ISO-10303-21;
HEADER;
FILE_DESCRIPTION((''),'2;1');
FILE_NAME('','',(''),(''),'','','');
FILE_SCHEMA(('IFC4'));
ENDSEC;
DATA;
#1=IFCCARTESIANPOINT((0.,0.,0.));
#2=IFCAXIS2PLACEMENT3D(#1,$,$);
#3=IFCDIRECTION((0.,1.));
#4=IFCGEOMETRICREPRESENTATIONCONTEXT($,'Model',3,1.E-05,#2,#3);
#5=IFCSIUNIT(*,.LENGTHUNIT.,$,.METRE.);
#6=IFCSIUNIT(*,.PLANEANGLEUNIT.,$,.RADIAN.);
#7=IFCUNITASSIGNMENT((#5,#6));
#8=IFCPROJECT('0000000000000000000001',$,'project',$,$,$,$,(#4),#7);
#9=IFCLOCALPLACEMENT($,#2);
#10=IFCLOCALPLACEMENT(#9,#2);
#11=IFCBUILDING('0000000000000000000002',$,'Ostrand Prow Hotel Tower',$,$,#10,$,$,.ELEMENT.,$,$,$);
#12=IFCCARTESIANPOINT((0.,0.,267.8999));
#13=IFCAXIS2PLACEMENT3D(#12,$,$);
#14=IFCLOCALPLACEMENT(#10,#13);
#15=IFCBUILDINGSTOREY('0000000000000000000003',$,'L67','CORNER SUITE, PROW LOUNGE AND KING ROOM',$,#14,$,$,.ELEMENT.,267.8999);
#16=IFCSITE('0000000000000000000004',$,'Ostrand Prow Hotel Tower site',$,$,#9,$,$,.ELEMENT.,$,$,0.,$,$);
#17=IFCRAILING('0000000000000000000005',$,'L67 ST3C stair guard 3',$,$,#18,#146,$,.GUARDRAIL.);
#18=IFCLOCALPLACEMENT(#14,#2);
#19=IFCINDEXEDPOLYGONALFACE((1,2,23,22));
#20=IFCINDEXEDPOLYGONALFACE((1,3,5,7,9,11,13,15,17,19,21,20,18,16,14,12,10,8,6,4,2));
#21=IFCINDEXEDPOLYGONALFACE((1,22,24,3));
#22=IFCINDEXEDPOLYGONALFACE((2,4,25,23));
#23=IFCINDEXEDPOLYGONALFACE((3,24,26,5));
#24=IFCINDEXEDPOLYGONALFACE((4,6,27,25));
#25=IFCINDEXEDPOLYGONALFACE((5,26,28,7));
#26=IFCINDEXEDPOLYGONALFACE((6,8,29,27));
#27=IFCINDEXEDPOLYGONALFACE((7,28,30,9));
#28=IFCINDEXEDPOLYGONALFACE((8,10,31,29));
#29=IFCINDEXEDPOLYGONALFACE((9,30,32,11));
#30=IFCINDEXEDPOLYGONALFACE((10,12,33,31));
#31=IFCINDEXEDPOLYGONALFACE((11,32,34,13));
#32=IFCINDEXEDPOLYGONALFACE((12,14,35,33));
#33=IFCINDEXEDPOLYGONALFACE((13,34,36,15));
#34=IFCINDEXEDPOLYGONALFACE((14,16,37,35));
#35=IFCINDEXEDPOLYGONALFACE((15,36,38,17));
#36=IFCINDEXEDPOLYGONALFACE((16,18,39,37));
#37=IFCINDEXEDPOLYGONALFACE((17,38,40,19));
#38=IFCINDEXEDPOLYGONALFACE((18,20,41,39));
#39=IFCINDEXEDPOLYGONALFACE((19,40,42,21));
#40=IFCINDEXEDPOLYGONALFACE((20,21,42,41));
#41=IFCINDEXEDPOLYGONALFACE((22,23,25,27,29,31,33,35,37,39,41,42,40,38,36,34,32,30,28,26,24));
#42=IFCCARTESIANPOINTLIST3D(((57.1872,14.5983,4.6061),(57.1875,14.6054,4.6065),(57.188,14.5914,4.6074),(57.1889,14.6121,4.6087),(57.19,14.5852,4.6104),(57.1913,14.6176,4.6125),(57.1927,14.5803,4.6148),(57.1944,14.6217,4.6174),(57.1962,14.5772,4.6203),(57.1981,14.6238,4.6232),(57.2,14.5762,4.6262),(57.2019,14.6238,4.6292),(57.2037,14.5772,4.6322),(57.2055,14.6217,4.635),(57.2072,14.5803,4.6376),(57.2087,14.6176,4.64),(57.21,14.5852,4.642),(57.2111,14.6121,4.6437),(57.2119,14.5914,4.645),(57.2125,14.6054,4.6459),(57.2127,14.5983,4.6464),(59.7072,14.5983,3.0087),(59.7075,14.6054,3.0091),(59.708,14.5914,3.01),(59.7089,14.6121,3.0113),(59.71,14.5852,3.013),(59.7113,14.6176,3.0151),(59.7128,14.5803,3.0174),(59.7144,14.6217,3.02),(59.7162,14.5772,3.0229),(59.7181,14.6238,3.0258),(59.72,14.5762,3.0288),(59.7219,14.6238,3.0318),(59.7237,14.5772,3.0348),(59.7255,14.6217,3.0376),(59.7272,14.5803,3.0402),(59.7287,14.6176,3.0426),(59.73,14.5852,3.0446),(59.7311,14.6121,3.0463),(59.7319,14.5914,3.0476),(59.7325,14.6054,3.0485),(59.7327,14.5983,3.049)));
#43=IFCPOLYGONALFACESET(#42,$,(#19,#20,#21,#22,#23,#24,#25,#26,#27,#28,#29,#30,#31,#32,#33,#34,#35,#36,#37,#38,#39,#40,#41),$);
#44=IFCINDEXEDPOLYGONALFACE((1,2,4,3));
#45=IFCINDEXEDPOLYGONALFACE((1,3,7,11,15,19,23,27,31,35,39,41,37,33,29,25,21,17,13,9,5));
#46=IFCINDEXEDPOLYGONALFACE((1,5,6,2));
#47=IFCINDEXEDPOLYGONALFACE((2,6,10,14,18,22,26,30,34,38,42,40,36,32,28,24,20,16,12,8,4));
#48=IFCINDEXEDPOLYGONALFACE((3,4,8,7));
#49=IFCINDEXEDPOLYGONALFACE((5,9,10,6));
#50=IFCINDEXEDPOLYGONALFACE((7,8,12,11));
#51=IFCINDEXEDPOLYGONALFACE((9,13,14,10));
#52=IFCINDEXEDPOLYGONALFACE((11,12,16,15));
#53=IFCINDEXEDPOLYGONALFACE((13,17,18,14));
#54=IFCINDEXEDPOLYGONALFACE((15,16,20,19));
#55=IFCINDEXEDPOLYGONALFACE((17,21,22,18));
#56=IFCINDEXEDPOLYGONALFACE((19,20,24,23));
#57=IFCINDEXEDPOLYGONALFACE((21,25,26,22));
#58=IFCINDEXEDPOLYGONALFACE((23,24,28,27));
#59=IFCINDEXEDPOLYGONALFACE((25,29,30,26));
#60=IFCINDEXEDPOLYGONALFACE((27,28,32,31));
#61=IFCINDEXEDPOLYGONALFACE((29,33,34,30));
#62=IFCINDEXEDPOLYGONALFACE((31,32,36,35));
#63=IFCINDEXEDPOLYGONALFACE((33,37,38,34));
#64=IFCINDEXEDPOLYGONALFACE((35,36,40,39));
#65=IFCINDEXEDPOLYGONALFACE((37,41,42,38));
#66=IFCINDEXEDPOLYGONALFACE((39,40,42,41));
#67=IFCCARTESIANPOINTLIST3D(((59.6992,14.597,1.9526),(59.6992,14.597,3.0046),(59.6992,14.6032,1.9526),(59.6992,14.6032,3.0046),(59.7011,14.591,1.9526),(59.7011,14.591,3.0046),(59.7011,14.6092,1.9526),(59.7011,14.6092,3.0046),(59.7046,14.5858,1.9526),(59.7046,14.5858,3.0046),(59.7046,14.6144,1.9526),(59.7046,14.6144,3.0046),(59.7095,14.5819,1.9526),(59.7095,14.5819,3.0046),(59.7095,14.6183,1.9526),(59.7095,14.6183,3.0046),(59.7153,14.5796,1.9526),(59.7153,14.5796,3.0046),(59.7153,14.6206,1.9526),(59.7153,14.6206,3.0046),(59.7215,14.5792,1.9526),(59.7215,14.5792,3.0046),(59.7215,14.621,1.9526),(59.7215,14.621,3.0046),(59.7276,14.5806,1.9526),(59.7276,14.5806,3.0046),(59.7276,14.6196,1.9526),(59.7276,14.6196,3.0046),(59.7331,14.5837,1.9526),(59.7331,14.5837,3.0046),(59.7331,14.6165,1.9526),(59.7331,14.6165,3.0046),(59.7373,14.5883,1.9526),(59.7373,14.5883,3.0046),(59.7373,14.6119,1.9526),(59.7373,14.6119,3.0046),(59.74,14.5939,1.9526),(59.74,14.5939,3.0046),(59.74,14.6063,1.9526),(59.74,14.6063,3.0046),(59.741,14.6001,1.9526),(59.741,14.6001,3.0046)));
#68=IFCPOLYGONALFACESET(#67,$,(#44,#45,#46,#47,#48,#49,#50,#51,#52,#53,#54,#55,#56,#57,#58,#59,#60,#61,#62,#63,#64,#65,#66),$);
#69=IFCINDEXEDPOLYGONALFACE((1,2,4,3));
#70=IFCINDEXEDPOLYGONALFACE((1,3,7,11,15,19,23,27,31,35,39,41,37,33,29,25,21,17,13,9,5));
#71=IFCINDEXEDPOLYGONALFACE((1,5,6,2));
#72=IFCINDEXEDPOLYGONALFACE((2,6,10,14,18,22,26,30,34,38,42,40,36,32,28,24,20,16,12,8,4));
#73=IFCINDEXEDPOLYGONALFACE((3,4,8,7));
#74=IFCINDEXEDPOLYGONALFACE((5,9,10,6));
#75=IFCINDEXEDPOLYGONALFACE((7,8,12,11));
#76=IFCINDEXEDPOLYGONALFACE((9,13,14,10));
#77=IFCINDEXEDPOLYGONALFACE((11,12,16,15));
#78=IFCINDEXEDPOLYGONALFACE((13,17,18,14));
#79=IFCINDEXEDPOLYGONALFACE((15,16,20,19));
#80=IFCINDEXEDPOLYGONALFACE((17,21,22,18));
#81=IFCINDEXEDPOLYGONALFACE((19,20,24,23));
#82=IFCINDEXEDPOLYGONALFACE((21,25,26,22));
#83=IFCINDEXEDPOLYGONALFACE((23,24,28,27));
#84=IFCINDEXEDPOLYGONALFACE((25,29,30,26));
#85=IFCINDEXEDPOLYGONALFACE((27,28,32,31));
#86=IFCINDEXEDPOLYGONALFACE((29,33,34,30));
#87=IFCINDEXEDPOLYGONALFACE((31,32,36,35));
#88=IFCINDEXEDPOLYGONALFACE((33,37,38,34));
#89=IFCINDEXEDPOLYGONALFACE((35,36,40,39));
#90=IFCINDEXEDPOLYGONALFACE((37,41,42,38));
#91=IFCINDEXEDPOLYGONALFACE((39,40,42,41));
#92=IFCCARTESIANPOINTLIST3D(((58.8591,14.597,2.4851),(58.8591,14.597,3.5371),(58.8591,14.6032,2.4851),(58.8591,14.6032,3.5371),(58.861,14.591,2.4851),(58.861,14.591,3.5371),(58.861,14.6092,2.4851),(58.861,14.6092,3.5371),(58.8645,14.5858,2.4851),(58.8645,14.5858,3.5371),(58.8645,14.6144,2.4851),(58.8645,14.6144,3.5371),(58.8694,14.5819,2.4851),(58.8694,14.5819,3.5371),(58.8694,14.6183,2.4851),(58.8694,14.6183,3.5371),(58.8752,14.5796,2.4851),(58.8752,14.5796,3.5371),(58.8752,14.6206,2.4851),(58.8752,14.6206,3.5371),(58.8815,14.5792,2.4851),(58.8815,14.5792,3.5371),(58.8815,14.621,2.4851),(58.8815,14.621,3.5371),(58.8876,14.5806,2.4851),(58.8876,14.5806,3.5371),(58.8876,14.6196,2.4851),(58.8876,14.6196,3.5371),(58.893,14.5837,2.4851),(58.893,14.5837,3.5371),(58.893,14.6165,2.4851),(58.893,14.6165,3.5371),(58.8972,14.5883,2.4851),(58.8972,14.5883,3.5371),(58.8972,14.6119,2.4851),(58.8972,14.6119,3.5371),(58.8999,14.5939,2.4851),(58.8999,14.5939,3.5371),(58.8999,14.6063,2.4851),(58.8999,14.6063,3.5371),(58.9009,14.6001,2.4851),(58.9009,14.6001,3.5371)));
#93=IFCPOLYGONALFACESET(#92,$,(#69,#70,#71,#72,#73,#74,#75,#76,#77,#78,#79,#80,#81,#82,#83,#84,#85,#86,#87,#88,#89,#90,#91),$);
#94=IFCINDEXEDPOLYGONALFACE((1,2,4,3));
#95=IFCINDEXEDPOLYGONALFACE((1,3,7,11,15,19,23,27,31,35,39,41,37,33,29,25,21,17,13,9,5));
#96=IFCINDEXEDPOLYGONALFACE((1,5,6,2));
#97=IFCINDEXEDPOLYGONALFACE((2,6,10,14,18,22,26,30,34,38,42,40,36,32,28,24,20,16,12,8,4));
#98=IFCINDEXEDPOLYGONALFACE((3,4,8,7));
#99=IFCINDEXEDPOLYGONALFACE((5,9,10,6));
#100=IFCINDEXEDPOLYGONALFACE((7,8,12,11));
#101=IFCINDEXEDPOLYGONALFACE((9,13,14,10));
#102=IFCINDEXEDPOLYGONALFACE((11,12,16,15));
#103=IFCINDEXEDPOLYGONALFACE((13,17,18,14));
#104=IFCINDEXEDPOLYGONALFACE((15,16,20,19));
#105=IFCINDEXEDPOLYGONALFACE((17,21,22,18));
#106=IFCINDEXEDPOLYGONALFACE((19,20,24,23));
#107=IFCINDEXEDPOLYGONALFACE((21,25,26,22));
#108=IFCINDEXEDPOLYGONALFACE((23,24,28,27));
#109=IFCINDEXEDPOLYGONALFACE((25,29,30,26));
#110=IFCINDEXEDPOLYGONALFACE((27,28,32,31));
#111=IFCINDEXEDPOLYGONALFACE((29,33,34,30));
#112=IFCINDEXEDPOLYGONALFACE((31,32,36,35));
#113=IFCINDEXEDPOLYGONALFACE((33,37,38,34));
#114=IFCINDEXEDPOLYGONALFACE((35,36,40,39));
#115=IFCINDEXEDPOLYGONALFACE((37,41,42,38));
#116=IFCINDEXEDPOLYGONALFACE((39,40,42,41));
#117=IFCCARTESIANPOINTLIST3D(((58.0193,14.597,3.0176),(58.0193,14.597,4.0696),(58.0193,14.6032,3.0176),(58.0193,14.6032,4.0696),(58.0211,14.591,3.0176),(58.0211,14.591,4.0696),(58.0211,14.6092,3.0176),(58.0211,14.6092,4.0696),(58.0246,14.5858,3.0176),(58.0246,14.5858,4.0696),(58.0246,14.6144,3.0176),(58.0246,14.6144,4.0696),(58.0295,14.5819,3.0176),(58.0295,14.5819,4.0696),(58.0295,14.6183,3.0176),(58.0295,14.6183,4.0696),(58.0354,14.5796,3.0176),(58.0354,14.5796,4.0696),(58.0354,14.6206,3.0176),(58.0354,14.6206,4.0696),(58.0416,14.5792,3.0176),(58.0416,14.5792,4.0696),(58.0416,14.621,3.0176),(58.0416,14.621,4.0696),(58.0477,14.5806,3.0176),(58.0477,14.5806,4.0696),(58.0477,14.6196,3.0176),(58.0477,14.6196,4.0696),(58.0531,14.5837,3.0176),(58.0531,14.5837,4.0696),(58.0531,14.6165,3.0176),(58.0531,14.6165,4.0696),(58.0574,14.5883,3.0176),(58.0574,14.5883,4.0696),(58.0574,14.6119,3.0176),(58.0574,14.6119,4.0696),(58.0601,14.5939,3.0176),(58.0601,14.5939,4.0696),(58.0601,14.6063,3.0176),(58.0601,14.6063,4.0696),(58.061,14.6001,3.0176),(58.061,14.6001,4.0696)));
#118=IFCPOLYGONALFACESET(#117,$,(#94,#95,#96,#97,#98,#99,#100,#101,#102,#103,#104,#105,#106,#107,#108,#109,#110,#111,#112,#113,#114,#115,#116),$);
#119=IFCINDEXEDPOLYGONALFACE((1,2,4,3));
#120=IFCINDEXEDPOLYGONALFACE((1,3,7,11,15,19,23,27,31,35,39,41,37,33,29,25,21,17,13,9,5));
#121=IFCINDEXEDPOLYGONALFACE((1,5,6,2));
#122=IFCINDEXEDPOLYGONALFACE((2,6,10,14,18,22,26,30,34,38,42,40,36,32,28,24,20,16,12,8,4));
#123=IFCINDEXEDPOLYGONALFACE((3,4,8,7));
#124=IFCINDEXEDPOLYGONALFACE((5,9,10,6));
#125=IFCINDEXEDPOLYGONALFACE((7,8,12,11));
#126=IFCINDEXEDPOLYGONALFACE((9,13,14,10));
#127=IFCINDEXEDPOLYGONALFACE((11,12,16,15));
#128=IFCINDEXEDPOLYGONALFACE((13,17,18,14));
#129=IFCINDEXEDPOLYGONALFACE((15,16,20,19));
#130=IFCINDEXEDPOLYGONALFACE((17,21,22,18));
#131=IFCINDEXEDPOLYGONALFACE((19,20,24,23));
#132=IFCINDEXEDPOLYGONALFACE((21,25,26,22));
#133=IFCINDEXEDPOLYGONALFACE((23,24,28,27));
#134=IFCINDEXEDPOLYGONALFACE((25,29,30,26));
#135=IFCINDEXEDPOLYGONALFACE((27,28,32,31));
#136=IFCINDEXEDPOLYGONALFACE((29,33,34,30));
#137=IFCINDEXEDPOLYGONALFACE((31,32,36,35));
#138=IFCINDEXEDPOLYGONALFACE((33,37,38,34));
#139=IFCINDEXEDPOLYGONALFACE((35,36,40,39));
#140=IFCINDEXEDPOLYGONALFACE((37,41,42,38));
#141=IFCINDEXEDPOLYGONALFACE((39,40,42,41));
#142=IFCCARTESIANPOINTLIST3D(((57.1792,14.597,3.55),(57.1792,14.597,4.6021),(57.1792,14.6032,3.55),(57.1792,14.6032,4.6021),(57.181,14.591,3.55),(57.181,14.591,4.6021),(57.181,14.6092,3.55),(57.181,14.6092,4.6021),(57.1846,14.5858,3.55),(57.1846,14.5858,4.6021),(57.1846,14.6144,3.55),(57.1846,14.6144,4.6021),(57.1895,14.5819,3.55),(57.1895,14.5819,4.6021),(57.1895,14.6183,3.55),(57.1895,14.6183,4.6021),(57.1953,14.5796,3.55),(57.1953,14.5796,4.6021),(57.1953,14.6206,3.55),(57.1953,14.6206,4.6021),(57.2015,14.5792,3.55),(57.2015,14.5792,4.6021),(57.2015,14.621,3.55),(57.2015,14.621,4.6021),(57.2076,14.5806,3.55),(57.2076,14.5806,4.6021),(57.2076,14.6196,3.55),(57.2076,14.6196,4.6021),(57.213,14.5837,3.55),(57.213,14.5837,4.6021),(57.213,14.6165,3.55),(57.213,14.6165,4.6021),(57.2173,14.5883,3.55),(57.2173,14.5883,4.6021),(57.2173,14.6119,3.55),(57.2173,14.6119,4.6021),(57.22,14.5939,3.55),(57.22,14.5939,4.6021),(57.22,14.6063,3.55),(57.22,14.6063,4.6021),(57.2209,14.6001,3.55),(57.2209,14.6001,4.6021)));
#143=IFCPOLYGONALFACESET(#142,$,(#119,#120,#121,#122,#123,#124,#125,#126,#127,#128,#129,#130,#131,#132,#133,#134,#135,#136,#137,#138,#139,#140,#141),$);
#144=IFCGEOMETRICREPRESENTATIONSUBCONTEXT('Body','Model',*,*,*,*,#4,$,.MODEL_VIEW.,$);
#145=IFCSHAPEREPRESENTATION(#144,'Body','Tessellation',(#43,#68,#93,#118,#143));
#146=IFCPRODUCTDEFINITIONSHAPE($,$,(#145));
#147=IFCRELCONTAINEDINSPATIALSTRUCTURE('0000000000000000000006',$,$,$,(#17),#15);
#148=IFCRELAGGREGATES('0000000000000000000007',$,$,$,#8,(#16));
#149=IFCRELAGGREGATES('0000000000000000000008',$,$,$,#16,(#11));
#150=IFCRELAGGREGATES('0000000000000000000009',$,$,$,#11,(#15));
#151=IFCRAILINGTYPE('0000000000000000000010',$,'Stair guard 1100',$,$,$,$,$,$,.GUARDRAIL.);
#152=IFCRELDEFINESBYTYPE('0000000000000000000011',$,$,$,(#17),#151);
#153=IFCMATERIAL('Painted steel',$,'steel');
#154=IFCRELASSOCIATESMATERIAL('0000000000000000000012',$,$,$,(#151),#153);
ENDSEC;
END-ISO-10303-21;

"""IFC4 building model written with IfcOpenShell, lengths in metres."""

from ifc_helpers import new_model, si_unit, direction, frame, origin, origin_2d, place, context, subcontext, project, spatial, circle, extrude, material, type_object, element, save


model = new_model("IFC4")

# Units and contexts
model_context = context("Model", 3, precision=1e-05, world=origin(), true_north=direction((0.0, 1.0)))
body_context = subcontext(model_context, "Body", "Model", "MODEL_VIEW")
ifc_project = project(units=[si_unit("LENGTHUNIT", "METRE"), si_unit("PLANEANGLEUNIT", "RADIAN")], contexts=[model_context])

# Site, building, storey
site_placement = place(None, origin())
site = spatial("IfcSite", under=ifc_project, at=site_placement, Name="Ostrand Prow Hotel Tower site", CompositionType="ELEMENT", RefElevation=0.0)
building_placement = place(site_placement, origin())
building = spatial("IfcBuilding", under=site, at=building_placement, Name="Ostrand Prow Hotel Tower", CompositionType="ELEMENT")
storey_placement = place(building_placement, frame((0.0, 0.0, 267.8999)))
storey = spatial("IfcBuildingStorey", under=building, at=storey_placement, Name="L67", Description="CORNER SUITE, PROW LOUNGE AND KING ROOM", CompositionType="ELEMENT", Elevation=267.8999)

# Railing
ifc_material_1 = material(Name="Painted steel", Category="steel")
railing_type_1 = type_object("IfcRailingType", Name="Stair guard 1100", PredefinedType="GUARDRAIL", material=ifc_material_1)
railing_1_placement = place(storey_placement, frame((59.72, 14.6001, 1.9526)))
element("IfcRailing", 1, at=railing_1_placement, inside=storey, type_object=railing_type_1, Name="L67 ST3C stair guard 3", PredefinedType="GUARDRAIL", context=body_context, shape_type="SweptSolid", body=[
    extrude(circle(Radius=0.0239, at=origin_2d()), frame((0.0, 0.0, 1.0762), z_axis=(-0.844607, 0.0, 0.535387), x_axis=(0.0, -1.0, 0.0)), (0.0, 0.0, 1.0), 2.9836),
    extrude(circle(Radius=0.021, at=origin_2d()), origin(), (0.0, 0.0, 1.0), 1.052),
    extrude(circle(Radius=0.021, at=origin_2d()), frame((-0.8401, 0.0, 0.5325)), (0.0, 0.0, 1.0), 1.052),
    extrude(circle(Radius=0.021, at=origin_2d()), frame((-1.6799, 0.0, 1.0649)), (0.0, 0.0, 1.0), 1.052),
    extrude(circle(Radius=0.021, at=origin_2d()), frame((-2.52, 0.0, 1.5974)), (0.0, 0.0, 1.0), 1.052),
])

save(model, "model.ifc")
